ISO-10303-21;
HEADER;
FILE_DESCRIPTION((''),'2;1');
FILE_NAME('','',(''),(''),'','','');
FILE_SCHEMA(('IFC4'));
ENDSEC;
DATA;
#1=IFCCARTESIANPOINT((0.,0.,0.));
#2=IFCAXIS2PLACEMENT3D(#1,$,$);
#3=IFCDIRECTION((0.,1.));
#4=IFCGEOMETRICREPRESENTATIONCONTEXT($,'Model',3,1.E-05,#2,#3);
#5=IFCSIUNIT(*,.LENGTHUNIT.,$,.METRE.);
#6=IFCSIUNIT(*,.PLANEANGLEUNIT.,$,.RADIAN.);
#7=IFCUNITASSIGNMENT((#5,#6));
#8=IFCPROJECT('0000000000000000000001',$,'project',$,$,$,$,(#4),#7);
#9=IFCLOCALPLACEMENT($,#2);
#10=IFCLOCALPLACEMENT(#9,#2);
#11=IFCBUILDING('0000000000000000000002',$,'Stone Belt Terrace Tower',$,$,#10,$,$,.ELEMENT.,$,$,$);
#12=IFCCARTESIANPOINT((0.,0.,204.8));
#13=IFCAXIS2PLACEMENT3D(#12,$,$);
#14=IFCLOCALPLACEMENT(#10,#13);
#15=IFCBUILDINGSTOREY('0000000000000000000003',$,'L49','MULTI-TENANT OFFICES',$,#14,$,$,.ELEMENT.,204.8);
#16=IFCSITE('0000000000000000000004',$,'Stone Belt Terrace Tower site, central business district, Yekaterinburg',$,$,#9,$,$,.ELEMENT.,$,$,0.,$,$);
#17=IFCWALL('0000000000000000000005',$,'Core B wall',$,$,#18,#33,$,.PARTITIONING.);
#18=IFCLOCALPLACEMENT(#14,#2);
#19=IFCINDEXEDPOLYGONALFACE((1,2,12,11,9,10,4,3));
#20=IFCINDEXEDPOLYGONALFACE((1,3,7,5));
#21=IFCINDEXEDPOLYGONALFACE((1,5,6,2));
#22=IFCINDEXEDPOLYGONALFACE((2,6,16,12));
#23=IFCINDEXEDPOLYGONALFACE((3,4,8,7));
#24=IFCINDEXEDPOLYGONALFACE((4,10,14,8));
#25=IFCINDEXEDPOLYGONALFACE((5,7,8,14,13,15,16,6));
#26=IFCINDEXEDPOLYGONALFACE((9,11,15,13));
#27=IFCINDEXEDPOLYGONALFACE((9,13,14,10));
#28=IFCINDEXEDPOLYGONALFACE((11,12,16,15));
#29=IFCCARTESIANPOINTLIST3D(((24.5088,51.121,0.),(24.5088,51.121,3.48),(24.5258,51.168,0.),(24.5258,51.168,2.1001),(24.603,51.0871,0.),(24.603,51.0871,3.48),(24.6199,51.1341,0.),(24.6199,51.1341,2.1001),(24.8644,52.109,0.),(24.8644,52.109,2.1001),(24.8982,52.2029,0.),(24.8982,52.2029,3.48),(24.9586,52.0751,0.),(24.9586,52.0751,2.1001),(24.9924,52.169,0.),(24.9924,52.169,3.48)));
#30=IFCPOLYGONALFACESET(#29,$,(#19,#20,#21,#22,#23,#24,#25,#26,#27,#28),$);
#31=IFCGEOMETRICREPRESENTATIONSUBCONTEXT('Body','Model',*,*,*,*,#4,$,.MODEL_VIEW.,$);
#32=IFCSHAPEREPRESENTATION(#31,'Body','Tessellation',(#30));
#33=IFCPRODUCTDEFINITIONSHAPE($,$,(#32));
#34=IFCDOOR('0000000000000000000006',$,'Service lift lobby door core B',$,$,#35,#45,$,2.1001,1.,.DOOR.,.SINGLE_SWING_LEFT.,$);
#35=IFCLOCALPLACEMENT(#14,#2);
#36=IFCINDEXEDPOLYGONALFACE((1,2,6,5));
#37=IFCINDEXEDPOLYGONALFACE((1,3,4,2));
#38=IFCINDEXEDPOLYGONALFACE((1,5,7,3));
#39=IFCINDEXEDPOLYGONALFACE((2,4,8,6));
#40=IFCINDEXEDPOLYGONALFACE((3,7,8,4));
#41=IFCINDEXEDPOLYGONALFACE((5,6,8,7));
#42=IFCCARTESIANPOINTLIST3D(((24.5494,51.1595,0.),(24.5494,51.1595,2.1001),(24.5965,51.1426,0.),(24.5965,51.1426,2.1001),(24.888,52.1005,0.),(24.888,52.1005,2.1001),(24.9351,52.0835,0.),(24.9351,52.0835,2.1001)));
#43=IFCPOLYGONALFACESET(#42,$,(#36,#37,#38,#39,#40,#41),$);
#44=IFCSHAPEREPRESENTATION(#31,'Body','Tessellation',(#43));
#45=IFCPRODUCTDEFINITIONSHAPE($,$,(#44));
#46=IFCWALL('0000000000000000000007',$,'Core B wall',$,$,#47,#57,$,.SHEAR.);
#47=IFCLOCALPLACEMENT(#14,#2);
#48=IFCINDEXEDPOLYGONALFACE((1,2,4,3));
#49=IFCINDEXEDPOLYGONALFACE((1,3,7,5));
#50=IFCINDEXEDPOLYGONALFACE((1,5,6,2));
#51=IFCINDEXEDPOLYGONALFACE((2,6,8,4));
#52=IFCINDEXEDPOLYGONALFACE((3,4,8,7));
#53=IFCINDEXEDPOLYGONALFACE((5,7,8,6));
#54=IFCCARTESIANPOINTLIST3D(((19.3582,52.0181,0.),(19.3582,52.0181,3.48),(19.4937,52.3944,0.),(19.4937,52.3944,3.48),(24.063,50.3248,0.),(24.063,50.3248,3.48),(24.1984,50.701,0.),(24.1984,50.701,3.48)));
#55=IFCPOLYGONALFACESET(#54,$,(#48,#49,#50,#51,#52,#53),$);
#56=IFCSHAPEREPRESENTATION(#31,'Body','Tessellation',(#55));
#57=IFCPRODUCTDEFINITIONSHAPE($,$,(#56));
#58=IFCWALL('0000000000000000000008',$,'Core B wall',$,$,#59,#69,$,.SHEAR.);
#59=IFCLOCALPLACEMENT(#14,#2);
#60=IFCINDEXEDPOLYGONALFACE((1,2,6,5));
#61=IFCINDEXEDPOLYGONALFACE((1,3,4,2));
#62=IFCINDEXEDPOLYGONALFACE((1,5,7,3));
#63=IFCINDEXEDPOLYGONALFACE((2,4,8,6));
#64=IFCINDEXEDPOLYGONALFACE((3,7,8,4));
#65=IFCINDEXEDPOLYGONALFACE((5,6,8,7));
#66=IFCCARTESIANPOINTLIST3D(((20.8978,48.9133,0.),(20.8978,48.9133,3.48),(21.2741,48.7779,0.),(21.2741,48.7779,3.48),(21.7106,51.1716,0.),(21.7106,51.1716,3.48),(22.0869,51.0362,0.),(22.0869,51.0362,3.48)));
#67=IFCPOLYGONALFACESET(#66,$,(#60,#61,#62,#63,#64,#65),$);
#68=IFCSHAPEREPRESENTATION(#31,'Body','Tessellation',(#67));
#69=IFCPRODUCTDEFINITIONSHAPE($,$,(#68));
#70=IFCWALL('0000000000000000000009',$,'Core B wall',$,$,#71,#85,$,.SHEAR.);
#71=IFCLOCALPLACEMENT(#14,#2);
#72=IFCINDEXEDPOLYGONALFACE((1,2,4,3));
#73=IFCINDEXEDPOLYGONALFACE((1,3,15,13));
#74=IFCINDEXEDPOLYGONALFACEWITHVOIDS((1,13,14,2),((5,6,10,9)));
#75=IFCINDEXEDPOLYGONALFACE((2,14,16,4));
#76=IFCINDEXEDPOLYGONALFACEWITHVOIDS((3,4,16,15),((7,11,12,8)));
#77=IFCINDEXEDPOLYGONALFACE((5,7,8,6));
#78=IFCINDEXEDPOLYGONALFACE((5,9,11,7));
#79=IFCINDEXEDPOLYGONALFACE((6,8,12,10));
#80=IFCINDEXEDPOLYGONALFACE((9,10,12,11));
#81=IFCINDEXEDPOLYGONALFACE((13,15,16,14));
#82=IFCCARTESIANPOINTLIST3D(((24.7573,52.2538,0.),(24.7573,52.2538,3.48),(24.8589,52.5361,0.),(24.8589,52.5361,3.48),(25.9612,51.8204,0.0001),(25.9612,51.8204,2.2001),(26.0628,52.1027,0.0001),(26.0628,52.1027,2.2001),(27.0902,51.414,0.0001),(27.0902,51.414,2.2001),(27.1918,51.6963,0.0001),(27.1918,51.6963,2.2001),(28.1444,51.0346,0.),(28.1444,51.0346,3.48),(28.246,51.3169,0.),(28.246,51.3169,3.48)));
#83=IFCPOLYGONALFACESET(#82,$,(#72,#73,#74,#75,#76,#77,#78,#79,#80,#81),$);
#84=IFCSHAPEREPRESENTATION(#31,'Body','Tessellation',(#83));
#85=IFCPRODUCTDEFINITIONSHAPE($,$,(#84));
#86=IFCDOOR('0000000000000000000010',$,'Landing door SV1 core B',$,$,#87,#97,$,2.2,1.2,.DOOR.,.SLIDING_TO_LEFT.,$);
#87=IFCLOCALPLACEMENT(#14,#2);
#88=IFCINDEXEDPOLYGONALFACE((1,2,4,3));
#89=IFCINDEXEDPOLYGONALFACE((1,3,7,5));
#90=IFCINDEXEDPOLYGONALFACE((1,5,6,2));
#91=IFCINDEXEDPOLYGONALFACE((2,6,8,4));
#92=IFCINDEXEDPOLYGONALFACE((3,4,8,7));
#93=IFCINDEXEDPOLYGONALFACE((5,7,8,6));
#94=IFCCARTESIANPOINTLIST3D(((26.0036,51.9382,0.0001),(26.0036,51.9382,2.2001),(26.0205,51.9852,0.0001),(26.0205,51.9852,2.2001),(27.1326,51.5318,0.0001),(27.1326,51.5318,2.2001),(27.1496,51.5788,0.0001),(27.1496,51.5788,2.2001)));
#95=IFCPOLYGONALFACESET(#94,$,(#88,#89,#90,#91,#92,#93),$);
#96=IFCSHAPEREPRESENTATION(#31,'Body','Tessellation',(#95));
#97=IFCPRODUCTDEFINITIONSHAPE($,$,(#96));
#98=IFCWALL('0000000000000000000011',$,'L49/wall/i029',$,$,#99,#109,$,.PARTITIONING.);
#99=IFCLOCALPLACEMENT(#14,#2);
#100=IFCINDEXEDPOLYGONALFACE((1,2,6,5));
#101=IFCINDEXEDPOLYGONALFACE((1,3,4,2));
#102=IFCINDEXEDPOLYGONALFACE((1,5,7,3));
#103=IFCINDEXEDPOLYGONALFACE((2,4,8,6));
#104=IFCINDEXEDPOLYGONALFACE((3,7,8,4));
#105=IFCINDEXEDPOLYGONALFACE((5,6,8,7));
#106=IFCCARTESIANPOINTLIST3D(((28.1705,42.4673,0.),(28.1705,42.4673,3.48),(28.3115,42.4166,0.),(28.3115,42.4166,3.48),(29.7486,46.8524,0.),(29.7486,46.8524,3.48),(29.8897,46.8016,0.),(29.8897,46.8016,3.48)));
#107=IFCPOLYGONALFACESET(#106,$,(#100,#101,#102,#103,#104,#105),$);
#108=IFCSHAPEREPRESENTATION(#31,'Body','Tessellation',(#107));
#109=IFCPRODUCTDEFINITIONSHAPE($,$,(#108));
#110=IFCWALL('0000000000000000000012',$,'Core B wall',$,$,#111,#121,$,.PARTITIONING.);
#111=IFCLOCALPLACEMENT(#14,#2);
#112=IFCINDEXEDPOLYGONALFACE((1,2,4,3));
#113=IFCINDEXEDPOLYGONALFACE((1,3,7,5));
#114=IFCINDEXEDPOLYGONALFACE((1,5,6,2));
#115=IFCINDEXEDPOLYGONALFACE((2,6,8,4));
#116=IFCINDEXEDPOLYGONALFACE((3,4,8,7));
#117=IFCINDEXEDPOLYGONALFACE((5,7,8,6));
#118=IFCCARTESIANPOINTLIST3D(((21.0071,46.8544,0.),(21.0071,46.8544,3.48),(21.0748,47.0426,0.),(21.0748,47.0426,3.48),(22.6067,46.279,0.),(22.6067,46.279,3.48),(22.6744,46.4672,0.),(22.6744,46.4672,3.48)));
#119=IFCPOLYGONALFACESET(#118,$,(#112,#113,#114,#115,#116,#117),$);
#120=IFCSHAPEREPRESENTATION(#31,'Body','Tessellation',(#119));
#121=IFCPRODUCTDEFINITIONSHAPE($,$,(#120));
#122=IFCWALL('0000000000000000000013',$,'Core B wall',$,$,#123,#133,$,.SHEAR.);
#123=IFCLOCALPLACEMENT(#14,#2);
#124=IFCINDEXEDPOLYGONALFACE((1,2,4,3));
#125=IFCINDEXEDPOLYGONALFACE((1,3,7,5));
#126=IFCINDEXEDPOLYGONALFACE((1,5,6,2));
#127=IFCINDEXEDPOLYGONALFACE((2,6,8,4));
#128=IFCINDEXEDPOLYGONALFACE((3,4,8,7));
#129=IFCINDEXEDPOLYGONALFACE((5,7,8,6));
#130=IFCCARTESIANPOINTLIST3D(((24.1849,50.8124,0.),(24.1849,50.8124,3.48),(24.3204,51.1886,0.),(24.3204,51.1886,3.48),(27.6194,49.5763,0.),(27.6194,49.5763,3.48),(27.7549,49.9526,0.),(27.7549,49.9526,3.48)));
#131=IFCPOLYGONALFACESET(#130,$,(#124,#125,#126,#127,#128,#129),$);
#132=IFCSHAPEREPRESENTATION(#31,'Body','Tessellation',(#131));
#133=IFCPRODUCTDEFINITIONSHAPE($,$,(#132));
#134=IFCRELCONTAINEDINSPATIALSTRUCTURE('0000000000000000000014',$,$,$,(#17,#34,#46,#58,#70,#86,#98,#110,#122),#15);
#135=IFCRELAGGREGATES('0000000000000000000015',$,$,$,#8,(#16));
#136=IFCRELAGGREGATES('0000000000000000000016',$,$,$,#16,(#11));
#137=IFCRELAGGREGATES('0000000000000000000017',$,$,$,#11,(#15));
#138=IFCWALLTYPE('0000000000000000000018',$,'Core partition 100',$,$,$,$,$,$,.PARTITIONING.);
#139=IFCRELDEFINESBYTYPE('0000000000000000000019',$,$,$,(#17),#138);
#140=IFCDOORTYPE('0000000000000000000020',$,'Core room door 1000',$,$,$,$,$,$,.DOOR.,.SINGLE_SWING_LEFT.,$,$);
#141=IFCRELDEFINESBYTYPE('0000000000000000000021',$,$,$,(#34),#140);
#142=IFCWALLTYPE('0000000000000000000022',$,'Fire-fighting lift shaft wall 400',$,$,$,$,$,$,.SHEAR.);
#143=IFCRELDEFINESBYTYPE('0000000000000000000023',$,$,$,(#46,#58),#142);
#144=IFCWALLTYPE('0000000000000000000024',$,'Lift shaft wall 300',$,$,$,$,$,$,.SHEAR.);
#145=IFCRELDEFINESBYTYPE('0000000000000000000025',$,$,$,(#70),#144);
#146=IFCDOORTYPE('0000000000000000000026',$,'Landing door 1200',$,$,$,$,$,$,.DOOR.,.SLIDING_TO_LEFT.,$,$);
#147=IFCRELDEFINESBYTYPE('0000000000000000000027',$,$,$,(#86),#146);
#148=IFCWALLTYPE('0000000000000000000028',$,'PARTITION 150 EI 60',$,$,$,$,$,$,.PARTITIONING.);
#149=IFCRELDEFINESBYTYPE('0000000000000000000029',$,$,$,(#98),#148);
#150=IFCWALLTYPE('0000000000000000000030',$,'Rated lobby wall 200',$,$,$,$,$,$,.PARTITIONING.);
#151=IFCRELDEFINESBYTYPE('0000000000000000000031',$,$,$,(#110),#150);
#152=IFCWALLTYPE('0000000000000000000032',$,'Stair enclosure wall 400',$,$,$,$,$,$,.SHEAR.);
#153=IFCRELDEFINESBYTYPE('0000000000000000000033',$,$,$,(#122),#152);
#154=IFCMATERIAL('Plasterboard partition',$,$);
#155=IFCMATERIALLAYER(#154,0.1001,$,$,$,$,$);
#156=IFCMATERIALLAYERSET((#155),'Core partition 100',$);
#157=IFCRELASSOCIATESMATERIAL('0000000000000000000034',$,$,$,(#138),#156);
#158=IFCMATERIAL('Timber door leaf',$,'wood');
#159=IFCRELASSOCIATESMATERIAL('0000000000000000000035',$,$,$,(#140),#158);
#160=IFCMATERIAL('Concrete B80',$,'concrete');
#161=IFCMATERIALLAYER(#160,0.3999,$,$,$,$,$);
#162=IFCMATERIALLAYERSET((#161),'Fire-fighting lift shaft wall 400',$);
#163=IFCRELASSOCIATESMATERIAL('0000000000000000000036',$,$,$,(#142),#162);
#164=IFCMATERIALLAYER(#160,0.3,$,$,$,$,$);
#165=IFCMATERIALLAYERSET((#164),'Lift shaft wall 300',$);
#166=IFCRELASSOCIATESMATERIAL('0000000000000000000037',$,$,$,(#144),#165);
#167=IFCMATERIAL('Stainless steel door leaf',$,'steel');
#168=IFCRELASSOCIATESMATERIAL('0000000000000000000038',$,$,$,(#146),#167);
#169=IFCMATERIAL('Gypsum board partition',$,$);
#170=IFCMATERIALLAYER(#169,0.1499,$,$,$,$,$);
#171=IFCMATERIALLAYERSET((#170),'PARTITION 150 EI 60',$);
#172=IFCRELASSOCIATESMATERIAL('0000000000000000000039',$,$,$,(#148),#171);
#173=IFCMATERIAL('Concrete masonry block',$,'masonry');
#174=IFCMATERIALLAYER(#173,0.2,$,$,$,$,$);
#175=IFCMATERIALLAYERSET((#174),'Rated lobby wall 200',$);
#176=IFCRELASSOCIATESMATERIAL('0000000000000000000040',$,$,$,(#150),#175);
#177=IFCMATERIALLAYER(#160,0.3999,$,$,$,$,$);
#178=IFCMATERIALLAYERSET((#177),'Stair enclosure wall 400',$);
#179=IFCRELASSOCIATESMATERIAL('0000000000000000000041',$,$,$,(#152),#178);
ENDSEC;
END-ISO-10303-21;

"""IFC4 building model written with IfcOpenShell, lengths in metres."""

from ifc_helpers import new_model, si_unit, direction, frame, frame_2d, origin, place, context, subcontext, project, spatial, rectangle, extrude, material, layer, layer_set, type_object, element, fill, save


model = new_model("IFC4")

# Units and contexts
model_context = context("Model", 3, precision=1e-05, world=origin(), true_north=direction((0.0, 1.0)))
body_context = subcontext(model_context, "Body", "Model", "MODEL_VIEW")
ifc_project = project(units=[si_unit("LENGTHUNIT", "METRE"), si_unit("PLANEANGLEUNIT", "RADIAN")], contexts=[model_context])

# Site, building, storey
site_placement = place(None, origin())
site = spatial("IfcSite", under=ifc_project, at=site_placement, Name="Stone Belt Terrace Tower site, central business district, Yekaterinburg", CompositionType="ELEMENT", RefElevation=0.0)
building_placement = place(site_placement, origin())
building = spatial("IfcBuilding", under=site, at=building_placement, Name="Stone Belt Terrace Tower", CompositionType="ELEMENT")
storey_placement = place(building_placement, frame((0.0, 0.0, 204.8)))
storey = spatial("IfcBuildingStorey", under=building, at=storey_placement, Name="L49", Description="MULTI-TENANT OFFICES", CompositionType="ELEMENT", Elevation=204.8)

# Wall, opening, door
ifc_material_1 = material(Name="Plasterboard partition")
ifc_layer_1 = layer(ifc_material_1, 0.1001)
ifc_layer_set_1 = layer_set([ifc_layer_1], Name="Core partition 100")
wall_type_1 = type_object("IfcWallType", Name="Core partition 100", PredefinedType="PARTITIONING", material=ifc_layer_set_1)
wall_1_placement = place(storey_placement, frame((24.5559, 51.104, 0.0), z_axis=(0.0, 0.0, 1.0), x_axis=(0.338622, 0.940923, 0.0)))
wall_1 = element("IfcWall", 1, at=wall_1_placement, inside=storey, type_object=wall_type_1, Name="Core B wall", PredefinedType="PARTITIONING", context=body_context, shape_type="SweptSolid", body=[
    extrude(rectangle(XDim=1.1499, YDim=0.1001, at=frame_2d((0.575, 0.0))), origin(), (0.0, 0.0, 1.0), 3.48),
])
opening_1_placement = place(wall_1_placement, frame((0.05, 0.0, 0.0)))
opening_1 = element("IfcOpeningElement", 2, at=opening_1_placement, cuts=wall_1, PredefinedType="OPENING", context=body_context, shape_type="SweptSolid", body=[
    extrude(rectangle(XDim=1.0, YDim=2.1001, at=frame_2d((0.5, 1.05))), frame((0.0, 0.0601, 0.0), z_axis=(0.0, -1.0, 0.0), x_axis=(1.0, 0.0, 0.0)), (0.0, 0.0, 1.0), 0.1201),
])
ifc_material_2 = material(Name="Timber door leaf", Category="wood")
door_type_1 = type_object("IfcDoorType", Name="Core room door 1000", OperationType="SINGLE_SWING_LEFT", PredefinedType="DOOR", material=ifc_material_2)
door_1_placement = place(opening_1_placement, origin())
door_1 = element("IfcDoor", 3, at=door_1_placement, inside=storey, type_object=door_type_1, Name="Service lift lobby door core B", OperationType="SINGLE_SWING_LEFT", OverallHeight=2.1001, OverallWidth=1.0, PredefinedType="DOOR", context=body_context, shape_type="SweptSolid", body=[
    extrude(rectangle(XDim=1.0, YDim=2.1001, at=frame_2d((0.5, 1.05))), frame((0.0, 0.0249, 0.0), z_axis=(0.0, -1.0, 0.0), x_axis=(1.0, 0.0, 0.0)), (0.0, 0.0, 1.0), 0.05),
])
fill(opening_1, door_1)

# Walls
ifc_material_3 = material(Name="Concrete B80", Category="concrete")
ifc_layer_2 = layer(ifc_material_3, 0.3999)
ifc_layer_set_2 = layer_set([ifc_layer_2], Name="Fire-fighting lift shaft wall 400")
wall_type_2 = type_object("IfcWallType", Name="Fire-fighting lift shaft wall 400", PredefinedType="SHEAR", material=ifc_layer_set_2)
wall_2_placement = place(storey_placement, frame((24.1306, 50.5129, 0.0), z_axis=(0.0, 0.0, 1.0), x_axis=(-0.940912, 0.338652, 0.0)))
element("IfcWall", 4, at=wall_2_placement, inside=storey, type_object=wall_type_2, Name="Core B wall", PredefinedType="SHEAR", context=body_context, shape_type="SweptSolid", body=[
    extrude(rectangle(XDim=5.0002, YDim=0.3999, at=frame_2d((2.5, 0.0))), origin(), (0.0, 0.0, 1.0), 3.48),
])
wall_3_placement = place(storey_placement, frame((21.0859, 48.8455, 0.0), z_axis=(0.0, 0.0, 1.0), x_axis=(0.338629, 0.94092, 0.0)))
element("IfcWall", 5, at=wall_3_placement, inside=storey, type_object=wall_type_2, Name="Core B wall", PredefinedType="SHEAR", context=body_context, shape_type="SweptSolid", body=[
    extrude(rectangle(XDim=2.4001, YDim=0.3999, at=frame_2d((1.2002, 0.0))), origin(), (0.0, 0.0, 1.0), 3.48),
])

# Wall, opening, door
ifc_layer_3 = layer(ifc_material_3, 0.3)
ifc_layer_set_3 = layer_set([ifc_layer_3], Name="Lift shaft wall 300")
wall_type_3 = type_object("IfcWallType", Name="Lift shaft wall 300", PredefinedType="SHEAR", material=ifc_layer_set_3)
wall_4_placement = place(storey_placement, frame((28.1951, 51.1758, 0.0), z_axis=(0.0, 0.0, 1.0), x_axis=(-0.940901, 0.338681, 0.0)))
wall_4 = element("IfcWall", 6, at=wall_4_placement, inside=storey, type_object=wall_type_3, Name="Core B wall", PredefinedType="SHEAR", context=body_context, shape_type="SweptSolid", body=[
    extrude(rectangle(XDim=3.5999, YDim=0.3, at=frame_2d((1.7998, 0.0))), origin(), (0.0, 0.0, 1.0), 3.48),
])
opening_2_placement = place(wall_4_placement, frame((1.1201, 0.0, 0.0)))
opening_2 = element("IfcOpeningElement", 7, at=opening_2_placement, cuts=wall_4, PredefinedType="OPENING", context=body_context, shape_type="SweptSolid", body=[
    extrude(rectangle(XDim=1.2, YDim=2.2, at=frame_2d((0.6001, 1.1001))), frame((0.0, 0.1599, 0.0), z_axis=(0.0, -1.0, 0.0), x_axis=(1.0, 0.0, 0.0)), (0.0, 0.0, 1.0), 0.3201),
])
ifc_material_4 = material(Name="Stainless steel door leaf", Category="steel")
door_type_2 = type_object("IfcDoorType", Name="Landing door 1200", OperationType="SLIDING_TO_LEFT", PredefinedType="DOOR", material=ifc_material_4)
door_2_placement = place(opening_2_placement, origin())
door_2 = element("IfcDoor", 8, at=door_2_placement, inside=storey, type_object=door_type_2, Name="Landing door SV1 core B", OperationType="SLIDING_TO_LEFT", OverallHeight=2.2, OverallWidth=1.2, PredefinedType="DOOR", context=body_context, shape_type="SweptSolid", body=[
    extrude(rectangle(XDim=1.2, YDim=2.2, at=frame_2d((0.6001, 1.1001))), frame((0.0, 0.0249, 0.0), z_axis=(0.0, -1.0, 0.0), x_axis=(1.0, 0.0, 0.0)), (0.0, 0.0, 1.0), 0.05),
])
fill(opening_2, door_2)

# Walls
ifc_material_5 = material(Name="Gypsum board partition")
ifc_layer_4 = layer(ifc_material_5, 0.1499)
ifc_layer_set_4 = layer_set([ifc_layer_4], Name="PARTITION 150 EI 60")
wall_type_4 = type_object("IfcWallType", Name="PARTITION 150 EI 60", PredefinedType="PARTITIONING", material=ifc_layer_set_4)
wall_5_placement = place(storey_placement, frame((29.8191, 46.8269, 0.0), z_axis=(0.0, 0.0, 1.0), x_axis=(-0.338629, -0.94092, 0.0)))
element("IfcWall", 9, at=wall_5_placement, inside=storey, type_object=wall_type_4, Name="L49/wall/i029", PredefinedType="PARTITIONING", context=body_context, shape_type="SweptSolid", body=[
    extrude(rectangle(XDim=4.6604, YDim=0.1499, at=frame_2d((2.3301, 0.0))), origin(), (0.0, 0.0, 1.0), 3.48),
])
ifc_material_6 = material(Name="Concrete masonry block", Category="masonry")
ifc_layer_5 = layer(ifc_material_6, 0.2)
ifc_layer_set_5 = layer_set([ifc_layer_5], Name="Rated lobby wall 200")
wall_type_5 = type_object("IfcWallType", Name="Rated lobby wall 200", PredefinedType="PARTITIONING", material=ifc_layer_set_5)
wall_6_placement = place(storey_placement, frame((22.6406, 46.373, 0.0), z_axis=(0.0, 0.0, 1.0), x_axis=(-0.940966, 0.338501, 0.0)))
element("IfcWall", 10, at=wall_6_placement, inside=storey, type_object=wall_type_5, Name="Core B wall", PredefinedType="PARTITIONING", context=body_context, shape_type="SweptSolid", body=[
    extrude(rectangle(XDim=1.7, YDim=0.2, at=frame_2d((0.8501, 0.0))), origin(), (0.0, 0.0, 1.0), 3.48),
])
ifc_layer_6 = layer(ifc_material_3, 0.3999)
ifc_layer_set_6 = layer_set([ifc_layer_6], Name="Stair enclosure wall 400")
wall_type_6 = type_object("IfcWallType", Name="Stair enclosure wall 400", PredefinedType="SHEAR", material=ifc_layer_set_6)
wall_7_placement = place(storey_placement, frame((27.6873, 49.7644, 0.0), z_axis=(0.0, 0.0, 1.0), x_axis=(-0.940919, 0.338632, 0.0)))
element("IfcWall", 11, at=wall_7_placement, inside=storey, type_object=wall_type_6, Name="Core B wall", PredefinedType="SHEAR", context=body_context, shape_type="SweptSolid", body=[
    extrude(rectangle(XDim=3.6501, YDim=0.3999, at=frame_2d((1.8252, 0.0))), origin(), (0.0, 0.0, 1.0), 3.48),
])

save(model, "model.ifc")
